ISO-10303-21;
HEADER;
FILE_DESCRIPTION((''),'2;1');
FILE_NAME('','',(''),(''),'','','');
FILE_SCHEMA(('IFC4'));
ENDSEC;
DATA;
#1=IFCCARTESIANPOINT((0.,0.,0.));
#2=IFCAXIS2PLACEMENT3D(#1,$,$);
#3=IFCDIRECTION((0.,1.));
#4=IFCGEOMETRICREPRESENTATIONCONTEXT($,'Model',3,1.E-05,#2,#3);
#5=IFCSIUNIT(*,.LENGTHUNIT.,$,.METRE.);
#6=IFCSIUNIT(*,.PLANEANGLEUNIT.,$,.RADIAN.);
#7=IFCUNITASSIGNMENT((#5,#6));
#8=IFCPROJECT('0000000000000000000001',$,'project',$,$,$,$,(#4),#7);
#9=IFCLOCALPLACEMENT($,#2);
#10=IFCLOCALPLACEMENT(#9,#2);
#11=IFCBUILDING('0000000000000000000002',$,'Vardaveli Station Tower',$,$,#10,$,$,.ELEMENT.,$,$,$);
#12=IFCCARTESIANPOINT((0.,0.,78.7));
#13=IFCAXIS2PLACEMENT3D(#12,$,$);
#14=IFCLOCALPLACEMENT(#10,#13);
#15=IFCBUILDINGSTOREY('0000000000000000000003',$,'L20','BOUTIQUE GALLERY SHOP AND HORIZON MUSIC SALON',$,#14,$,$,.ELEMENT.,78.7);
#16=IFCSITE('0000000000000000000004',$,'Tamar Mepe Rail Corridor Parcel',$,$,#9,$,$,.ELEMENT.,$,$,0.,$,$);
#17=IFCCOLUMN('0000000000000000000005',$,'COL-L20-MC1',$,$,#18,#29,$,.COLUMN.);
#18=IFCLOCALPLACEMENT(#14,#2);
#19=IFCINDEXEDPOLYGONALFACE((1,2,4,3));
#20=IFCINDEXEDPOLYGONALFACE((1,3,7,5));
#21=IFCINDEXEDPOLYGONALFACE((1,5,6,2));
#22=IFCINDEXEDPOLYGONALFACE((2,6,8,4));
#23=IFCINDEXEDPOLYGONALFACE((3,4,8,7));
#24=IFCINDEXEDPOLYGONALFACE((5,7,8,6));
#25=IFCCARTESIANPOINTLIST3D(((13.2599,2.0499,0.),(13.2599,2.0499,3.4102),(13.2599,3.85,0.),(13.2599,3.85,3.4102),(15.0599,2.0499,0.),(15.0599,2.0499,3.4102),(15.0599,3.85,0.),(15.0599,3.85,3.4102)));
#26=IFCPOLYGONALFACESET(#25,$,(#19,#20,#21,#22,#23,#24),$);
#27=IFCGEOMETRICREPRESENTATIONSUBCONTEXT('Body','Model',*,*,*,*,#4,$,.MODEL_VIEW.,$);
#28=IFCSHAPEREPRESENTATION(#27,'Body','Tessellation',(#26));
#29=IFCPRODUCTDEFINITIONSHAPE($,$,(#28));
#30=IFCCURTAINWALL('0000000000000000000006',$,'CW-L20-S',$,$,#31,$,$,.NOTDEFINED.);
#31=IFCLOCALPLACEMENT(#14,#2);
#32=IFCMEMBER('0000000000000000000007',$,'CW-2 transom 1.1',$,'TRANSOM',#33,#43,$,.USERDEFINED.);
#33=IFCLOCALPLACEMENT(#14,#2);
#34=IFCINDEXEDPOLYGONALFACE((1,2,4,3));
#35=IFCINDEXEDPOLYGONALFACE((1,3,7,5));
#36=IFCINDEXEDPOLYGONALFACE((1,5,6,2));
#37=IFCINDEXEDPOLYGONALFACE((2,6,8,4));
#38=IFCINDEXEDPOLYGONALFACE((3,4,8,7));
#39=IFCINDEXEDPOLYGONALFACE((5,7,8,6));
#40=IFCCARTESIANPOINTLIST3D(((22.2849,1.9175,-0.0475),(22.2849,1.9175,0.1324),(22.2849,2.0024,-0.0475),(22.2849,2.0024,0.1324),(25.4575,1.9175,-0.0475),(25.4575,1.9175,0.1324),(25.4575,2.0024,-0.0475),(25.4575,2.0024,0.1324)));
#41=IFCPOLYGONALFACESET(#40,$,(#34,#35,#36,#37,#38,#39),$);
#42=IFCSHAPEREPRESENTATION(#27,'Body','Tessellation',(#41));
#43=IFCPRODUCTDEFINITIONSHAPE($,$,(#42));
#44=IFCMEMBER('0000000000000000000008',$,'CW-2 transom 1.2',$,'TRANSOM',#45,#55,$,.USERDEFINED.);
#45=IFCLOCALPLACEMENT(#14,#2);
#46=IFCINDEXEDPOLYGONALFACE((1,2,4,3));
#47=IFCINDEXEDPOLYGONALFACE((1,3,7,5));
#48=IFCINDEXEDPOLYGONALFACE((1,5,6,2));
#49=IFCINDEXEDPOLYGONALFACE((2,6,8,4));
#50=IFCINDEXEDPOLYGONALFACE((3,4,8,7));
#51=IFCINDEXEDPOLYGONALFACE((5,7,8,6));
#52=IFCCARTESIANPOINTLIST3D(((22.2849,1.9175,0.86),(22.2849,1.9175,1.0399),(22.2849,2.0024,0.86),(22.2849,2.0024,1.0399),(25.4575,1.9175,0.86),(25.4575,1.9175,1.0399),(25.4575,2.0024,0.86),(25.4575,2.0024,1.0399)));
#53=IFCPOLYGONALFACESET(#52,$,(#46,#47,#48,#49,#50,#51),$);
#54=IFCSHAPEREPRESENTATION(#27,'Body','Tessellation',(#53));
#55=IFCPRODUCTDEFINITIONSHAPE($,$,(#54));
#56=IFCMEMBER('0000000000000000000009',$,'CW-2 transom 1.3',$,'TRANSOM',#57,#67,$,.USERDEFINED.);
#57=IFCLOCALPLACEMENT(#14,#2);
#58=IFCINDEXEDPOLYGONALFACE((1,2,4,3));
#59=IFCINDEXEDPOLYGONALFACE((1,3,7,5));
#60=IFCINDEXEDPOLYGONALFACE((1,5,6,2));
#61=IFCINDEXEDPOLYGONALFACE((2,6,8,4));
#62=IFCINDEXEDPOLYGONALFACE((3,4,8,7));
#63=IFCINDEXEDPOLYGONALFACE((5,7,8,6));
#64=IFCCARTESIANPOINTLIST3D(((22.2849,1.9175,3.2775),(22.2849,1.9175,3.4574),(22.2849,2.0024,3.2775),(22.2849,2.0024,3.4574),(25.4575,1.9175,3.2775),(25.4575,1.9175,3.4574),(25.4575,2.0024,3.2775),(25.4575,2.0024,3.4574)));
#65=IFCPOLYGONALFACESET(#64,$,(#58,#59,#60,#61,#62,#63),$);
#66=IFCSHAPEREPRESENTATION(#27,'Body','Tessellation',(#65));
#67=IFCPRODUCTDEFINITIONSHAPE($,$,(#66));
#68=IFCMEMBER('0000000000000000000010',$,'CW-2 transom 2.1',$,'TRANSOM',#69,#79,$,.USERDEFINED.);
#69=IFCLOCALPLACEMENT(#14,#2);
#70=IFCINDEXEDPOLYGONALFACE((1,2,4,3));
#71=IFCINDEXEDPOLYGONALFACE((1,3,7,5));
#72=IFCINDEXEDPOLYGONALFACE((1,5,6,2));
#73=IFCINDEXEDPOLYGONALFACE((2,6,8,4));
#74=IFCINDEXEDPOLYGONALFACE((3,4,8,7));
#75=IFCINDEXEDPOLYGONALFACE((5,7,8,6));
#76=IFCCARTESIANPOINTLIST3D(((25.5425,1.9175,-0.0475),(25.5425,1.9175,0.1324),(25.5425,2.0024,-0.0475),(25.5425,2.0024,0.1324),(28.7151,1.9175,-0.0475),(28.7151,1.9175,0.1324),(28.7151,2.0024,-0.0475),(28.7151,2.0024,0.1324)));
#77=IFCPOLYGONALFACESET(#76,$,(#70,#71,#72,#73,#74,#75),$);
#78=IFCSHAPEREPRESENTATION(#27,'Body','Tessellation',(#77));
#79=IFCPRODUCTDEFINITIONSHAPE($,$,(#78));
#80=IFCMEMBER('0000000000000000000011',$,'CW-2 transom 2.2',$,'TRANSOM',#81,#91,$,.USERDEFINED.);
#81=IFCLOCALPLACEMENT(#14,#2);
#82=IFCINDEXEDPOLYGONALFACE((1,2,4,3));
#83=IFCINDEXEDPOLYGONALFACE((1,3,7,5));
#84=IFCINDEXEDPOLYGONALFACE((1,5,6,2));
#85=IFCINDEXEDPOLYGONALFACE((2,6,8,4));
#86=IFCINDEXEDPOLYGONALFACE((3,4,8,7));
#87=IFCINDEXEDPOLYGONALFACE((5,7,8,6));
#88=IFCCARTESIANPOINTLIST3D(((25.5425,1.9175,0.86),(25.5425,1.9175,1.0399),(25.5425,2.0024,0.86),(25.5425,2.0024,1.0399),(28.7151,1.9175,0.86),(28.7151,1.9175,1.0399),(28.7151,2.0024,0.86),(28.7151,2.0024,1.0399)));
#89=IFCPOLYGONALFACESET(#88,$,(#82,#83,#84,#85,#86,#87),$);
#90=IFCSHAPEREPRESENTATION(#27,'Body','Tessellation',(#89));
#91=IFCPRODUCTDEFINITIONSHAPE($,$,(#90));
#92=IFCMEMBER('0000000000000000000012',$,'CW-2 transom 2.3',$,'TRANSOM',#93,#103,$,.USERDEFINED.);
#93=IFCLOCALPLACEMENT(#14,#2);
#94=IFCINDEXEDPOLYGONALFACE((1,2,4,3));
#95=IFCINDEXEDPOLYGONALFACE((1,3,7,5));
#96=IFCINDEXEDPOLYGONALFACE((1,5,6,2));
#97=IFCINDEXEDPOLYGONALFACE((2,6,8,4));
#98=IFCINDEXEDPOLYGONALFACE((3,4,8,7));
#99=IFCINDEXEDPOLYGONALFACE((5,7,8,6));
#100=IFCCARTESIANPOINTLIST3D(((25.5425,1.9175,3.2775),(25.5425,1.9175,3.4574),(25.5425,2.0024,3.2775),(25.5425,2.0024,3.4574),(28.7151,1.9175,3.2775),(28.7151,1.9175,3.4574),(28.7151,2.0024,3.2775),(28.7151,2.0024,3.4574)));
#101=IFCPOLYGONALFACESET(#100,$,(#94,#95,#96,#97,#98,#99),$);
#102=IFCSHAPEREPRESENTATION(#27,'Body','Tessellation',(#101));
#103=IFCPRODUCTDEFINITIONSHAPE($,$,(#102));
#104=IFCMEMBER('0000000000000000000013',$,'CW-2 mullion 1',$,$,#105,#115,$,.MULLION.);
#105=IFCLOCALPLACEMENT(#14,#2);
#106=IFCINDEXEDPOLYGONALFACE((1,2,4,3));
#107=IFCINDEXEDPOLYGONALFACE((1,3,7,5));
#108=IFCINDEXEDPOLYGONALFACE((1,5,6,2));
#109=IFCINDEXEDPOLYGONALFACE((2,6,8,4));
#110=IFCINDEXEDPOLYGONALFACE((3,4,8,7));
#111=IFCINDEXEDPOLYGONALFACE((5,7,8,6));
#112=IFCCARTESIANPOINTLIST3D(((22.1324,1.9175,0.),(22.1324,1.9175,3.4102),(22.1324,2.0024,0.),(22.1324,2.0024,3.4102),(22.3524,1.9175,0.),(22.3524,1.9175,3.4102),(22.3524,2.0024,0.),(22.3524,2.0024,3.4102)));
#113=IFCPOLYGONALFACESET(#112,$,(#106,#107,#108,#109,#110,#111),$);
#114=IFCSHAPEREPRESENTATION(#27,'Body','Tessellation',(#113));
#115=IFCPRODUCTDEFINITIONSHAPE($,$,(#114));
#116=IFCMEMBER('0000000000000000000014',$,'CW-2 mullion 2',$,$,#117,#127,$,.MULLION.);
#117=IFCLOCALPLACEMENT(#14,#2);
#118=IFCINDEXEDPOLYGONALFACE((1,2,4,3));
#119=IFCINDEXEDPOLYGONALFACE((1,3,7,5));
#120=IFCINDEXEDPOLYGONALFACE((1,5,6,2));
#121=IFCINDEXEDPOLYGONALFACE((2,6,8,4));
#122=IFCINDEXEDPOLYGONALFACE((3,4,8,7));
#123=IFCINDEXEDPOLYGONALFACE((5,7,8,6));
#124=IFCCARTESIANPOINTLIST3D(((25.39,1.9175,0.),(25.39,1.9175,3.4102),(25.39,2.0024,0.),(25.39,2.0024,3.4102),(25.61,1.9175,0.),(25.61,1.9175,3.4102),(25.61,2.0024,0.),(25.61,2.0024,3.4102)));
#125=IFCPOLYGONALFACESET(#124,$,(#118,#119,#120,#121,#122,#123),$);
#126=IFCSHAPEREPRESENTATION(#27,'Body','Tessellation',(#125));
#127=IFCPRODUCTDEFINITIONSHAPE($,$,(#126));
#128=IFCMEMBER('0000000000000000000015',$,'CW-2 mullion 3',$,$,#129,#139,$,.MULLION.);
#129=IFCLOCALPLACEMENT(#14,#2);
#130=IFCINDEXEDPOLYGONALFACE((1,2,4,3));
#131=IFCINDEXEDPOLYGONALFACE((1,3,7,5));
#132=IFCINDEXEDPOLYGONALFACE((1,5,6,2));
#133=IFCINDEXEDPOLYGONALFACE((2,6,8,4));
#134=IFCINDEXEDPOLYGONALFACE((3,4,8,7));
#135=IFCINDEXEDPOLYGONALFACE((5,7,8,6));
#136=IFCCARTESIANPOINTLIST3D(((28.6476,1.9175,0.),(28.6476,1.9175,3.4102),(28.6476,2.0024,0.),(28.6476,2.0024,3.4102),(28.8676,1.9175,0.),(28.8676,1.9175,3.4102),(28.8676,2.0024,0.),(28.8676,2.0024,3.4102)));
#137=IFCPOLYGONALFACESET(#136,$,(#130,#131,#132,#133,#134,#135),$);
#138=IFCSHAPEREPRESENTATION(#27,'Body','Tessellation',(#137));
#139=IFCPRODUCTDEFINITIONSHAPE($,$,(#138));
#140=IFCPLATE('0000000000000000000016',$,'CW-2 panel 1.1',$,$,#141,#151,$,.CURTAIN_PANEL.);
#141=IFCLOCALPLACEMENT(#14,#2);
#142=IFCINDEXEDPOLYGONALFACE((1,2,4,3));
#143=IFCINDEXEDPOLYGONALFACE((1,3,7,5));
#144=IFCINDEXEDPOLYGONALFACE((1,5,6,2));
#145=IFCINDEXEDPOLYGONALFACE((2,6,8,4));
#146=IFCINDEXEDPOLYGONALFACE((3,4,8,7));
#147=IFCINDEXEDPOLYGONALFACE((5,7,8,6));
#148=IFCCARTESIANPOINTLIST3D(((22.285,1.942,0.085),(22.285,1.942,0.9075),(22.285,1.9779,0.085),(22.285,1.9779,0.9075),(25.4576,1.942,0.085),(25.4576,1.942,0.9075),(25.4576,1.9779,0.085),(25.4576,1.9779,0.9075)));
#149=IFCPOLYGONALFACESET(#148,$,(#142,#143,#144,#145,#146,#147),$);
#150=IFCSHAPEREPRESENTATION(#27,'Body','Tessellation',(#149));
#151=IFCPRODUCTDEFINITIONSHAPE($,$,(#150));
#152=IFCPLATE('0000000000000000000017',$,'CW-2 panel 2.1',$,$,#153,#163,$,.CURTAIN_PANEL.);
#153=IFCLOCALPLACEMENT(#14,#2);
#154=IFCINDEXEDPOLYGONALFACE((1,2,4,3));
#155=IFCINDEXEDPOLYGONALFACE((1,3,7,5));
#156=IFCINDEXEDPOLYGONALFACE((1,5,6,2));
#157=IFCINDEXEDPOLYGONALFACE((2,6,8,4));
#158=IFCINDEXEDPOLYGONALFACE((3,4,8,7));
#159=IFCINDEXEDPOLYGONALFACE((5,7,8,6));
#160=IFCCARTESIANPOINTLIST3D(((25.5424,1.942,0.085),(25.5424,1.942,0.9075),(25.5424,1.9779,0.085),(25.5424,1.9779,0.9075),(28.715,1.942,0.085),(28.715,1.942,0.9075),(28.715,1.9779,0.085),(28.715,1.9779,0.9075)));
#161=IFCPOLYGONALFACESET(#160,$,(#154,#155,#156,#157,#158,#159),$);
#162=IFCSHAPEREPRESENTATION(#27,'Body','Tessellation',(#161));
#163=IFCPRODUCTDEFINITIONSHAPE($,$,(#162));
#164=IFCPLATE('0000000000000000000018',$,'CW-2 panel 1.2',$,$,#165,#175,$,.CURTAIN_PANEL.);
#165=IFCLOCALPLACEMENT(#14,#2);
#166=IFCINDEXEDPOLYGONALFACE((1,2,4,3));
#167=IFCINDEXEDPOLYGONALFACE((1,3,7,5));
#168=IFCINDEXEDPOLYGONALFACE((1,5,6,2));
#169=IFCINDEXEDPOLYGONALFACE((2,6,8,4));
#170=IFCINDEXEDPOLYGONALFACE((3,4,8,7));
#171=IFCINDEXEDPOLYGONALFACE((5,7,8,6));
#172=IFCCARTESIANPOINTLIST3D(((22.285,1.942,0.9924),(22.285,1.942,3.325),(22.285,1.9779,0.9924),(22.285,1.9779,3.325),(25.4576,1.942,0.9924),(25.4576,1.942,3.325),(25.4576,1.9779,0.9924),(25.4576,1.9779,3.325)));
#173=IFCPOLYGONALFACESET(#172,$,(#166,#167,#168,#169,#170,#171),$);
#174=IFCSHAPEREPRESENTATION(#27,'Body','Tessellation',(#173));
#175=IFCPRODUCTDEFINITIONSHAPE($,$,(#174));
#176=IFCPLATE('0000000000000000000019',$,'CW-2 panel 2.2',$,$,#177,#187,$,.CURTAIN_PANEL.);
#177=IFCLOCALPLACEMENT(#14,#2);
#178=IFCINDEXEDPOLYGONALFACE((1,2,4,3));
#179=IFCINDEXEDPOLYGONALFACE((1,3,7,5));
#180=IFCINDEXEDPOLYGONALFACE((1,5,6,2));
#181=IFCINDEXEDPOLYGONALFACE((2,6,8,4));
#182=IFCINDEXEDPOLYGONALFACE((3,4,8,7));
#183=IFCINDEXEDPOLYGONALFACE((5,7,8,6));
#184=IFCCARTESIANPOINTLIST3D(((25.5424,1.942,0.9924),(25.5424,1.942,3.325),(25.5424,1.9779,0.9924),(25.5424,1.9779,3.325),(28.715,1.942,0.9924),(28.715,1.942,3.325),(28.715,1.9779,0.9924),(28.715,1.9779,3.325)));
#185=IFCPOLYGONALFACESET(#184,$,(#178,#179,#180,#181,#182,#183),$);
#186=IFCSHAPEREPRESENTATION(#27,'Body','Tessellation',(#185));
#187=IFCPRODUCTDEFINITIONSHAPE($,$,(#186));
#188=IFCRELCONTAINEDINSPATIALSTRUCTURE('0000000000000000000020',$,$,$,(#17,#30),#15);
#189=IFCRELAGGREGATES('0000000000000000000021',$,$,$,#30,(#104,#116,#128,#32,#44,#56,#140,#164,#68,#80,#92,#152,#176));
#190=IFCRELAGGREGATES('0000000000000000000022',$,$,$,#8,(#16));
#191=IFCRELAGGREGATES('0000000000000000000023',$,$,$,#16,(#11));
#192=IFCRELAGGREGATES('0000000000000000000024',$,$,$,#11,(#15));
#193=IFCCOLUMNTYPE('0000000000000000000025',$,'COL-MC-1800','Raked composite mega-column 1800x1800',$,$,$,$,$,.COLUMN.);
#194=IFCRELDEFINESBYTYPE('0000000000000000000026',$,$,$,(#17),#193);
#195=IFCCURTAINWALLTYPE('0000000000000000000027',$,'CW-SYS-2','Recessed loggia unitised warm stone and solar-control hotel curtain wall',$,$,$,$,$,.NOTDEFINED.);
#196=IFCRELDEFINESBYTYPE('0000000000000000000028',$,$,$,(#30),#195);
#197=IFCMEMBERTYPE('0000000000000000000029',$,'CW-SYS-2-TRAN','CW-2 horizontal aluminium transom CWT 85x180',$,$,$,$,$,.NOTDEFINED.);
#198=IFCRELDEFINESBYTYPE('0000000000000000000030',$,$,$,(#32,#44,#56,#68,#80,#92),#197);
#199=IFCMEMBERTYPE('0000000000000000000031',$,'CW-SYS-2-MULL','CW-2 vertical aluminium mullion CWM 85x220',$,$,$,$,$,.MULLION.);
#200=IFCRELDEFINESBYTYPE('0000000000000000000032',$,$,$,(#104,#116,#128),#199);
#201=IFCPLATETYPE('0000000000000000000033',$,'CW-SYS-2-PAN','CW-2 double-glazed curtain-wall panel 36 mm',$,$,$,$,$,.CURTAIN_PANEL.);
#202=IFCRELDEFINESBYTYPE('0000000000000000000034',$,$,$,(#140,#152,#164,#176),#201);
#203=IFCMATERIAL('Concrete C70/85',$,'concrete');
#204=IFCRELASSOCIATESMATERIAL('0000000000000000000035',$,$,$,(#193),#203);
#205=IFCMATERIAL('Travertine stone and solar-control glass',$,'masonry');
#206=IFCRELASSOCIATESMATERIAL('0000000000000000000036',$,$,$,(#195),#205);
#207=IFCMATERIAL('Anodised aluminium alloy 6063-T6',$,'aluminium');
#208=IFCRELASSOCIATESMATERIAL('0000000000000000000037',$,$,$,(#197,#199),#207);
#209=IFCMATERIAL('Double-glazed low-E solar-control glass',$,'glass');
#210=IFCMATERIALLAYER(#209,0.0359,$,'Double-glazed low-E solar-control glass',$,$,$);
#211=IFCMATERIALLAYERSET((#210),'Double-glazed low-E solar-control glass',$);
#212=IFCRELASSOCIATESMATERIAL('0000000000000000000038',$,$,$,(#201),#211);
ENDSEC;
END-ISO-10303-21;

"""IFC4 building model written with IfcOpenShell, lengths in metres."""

from ifc_helpers import new_model, si_unit, direction, frame, origin, origin_2d, place, context, subcontext, project, spatial, rectangle, extrude, source, transform, mapped, material, layer, layer_set, material_profile, profile_set, type_object, element, aggregate, save


model = new_model("IFC4")

# Units and contexts
model_context = context("Model", 3, precision=1e-05, world=origin(), true_north=direction((0.0, 1.0)))
body_context = subcontext(model_context, "Body", "Model", "MODEL_VIEW")
ifc_project = project(units=[si_unit("LENGTHUNIT", "METRE"), si_unit("PLANEANGLEUNIT", "RADIAN")], contexts=[model_context])

# Site, building, storey
site_placement = place(None, origin())
site = spatial("IfcSite", under=ifc_project, at=site_placement, Name="Tamar Mepe Rail Corridor Parcel", CompositionType="ELEMENT", RefElevation=0.0)
building_placement = place(site_placement, origin())
building = spatial("IfcBuilding", under=site, at=building_placement, Name="Vardaveli Station Tower", CompositionType="ELEMENT")
storey_placement = place(building_placement, frame((0.0, 0.0, 78.7)))
storey = spatial("IfcBuildingStorey", under=building, at=storey_placement, Name="L20", Description="BOUTIQUE GALLERY SHOP AND HORIZON MUSIC SALON", CompositionType="ELEMENT", Elevation=78.7)

# Column
ifc_material_1 = material(Name="Concrete C70/85", Category="concrete")
ifc_material_profile_1 = material_profile(ifc_material_1, rectangle(XDim=1.8, YDim=1.8, at=origin_2d()), Name="MC 1800x1800")
ifc_profile_set_1 = profile_set([ifc_material_profile_1], Name="Concrete C70/85")
column_type = type_object("IfcColumnType", Name="COL-MC-1800", Description="Raked composite mega-column 1800x1800", PredefinedType="COLUMN", material=ifc_profile_set_1)
shared_shape_1 = source(origin(), body_context, "Body", "SweptSolid", [
    extrude(rectangle(XDim=1.8, YDim=1.8, at=origin_2d()), origin(), (0.0, 0.0, 1.0), 3.4102),
])
column_placement = place(storey_placement, frame((14.1599, 2.95, 0.0), z_axis=(0.0, 0.0, 1.0), x_axis=(1.0, 0.0, 0.0)))
element("IfcColumn", 1, at=column_placement, inside=storey, type_object=column_type, Name="COL-L20-MC1", PredefinedType="COLUMN", context=body_context, shape_type="MappedRepresentation", body=[
    mapped(shared_shape_1, transform((0.0, 0.0, 0.0), scale=1.0)),
])

# Curtain wall, members, plates
ifc_material_2 = material(Name="Travertine stone and solar-control glass", Category="masonry")
curtain_wall_type = type_object("IfcCurtainWallType", Name="CW-SYS-2", Description="Recessed loggia unitised warm stone and solar-control hotel curtain wall", PredefinedType="NOTDEFINED", material=ifc_material_2)
curtain_wall_placement = place(storey_placement, origin())
curtain_wall = element("IfcCurtainWall", 2, at=curtain_wall_placement, inside=storey, type_object=curtain_wall_type, Name="CW-L20-S", PredefinedType="NOTDEFINED")
ifc_material_3 = material(Name="Anodised aluminium alloy 6063-T6", Category="aluminium")
ifc_material_profile_2 = material_profile(ifc_material_3, rectangle(XDim=0.085, YDim=0.1799, at=origin_2d()), Name="CWT 85x180")
ifc_profile_set_2 = profile_set([ifc_material_profile_2], Name="Anodised aluminium alloy 6063-T6")
member_type_1 = type_object("IfcMemberType", Name="CW-SYS-2-TRAN", Description="CW-2 horizontal aluminium transom CWT 85x180", PredefinedType="NOTDEFINED", material=ifc_profile_set_2)
shared_shape_2 = source(origin(), body_context, "Body", "SweptSolid", [
    extrude(rectangle(XDim=0.085, YDim=0.1799, at=origin_2d()), origin(), (0.0, 0.0, 1.0), 3.1726),
])
member_1_placement = place(storey_placement, frame((22.2849, 1.96, 0.0425), z_axis=(1.0, 0.0, 0.0), x_axis=(0.0, 1.0, 0.0)))
member_1 = element("IfcMember", 3, at=member_1_placement, type_object=member_type_1, Name="CW-2 transom 1.1", ObjectType="TRANSOM", PredefinedType="USERDEFINED", context=body_context, shape_type="MappedRepresentation", body=[
    mapped(shared_shape_2, transform((0.0, 0.0, 0.0), scale=1.0)),
])
member_2_placement = place(storey_placement, frame((22.2849, 1.96, 0.95), z_axis=(1.0, 0.0, 0.0), x_axis=(0.0, 1.0, 0.0)))
member_2 = element("IfcMember", 4, at=member_2_placement, type_object=member_type_1, Name="CW-2 transom 1.2", ObjectType="TRANSOM", PredefinedType="USERDEFINED", context=body_context, shape_type="MappedRepresentation", body=[
    mapped(shared_shape_2, transform((0.0, 0.0, 0.0), scale=1.0)),
])
member_3_placement = place(storey_placement, frame((22.2849, 1.96, 3.3674), z_axis=(1.0, 0.0, 0.0), x_axis=(0.0, 1.0, 0.0)))
member_3 = element("IfcMember", 5, at=member_3_placement, type_object=member_type_1, Name="CW-2 transom 1.3", ObjectType="TRANSOM", PredefinedType="USERDEFINED", context=body_context, shape_type="MappedRepresentation", body=[
    mapped(shared_shape_2, transform((0.0, 0.0, 0.0), scale=1.0)),
])
member_4_placement = place(storey_placement, frame((25.5425, 1.96, 0.0425), z_axis=(1.0, 0.0, 0.0), x_axis=(0.0, 1.0, 0.0)))
member_4 = element("IfcMember", 6, at=member_4_placement, type_object=member_type_1, Name="CW-2 transom 2.1", ObjectType="TRANSOM", PredefinedType="USERDEFINED", context=body_context, shape_type="MappedRepresentation", body=[
    mapped(shared_shape_2, transform((0.0, 0.0, 0.0), scale=1.0)),
])
member_5_placement = place(storey_placement, frame((25.5425, 1.96, 0.95), z_axis=(1.0, 0.0, 0.0), x_axis=(0.0, 1.0, 0.0)))
member_5 = element("IfcMember", 7, at=member_5_placement, type_object=member_type_1, Name="CW-2 transom 2.2", ObjectType="TRANSOM", PredefinedType="USERDEFINED", context=body_context, shape_type="MappedRepresentation", body=[
    mapped(shared_shape_2, transform((0.0, 0.0, 0.0), scale=1.0)),
])
member_6_placement = place(storey_placement, frame((25.5425, 1.96, 3.3674), z_axis=(1.0, 0.0, 0.0), x_axis=(0.0, 1.0, 0.0)))
member_6 = element("IfcMember", 8, at=member_6_placement, type_object=member_type_1, Name="CW-2 transom 2.3", ObjectType="TRANSOM", PredefinedType="USERDEFINED", context=body_context, shape_type="MappedRepresentation", body=[
    mapped(shared_shape_2, transform((0.0, 0.0, 0.0), scale=1.0)),
])
ifc_material_profile_3 = material_profile(ifc_material_3, rectangle(XDim=0.085, YDim=0.22, at=origin_2d()), Name="CWM 85x220")
ifc_profile_set_3 = profile_set([ifc_material_profile_3], Name="Anodised aluminium alloy 6063-T6")
member_type_2 = type_object("IfcMemberType", Name="CW-SYS-2-MULL", Description="CW-2 vertical aluminium mullion CWM 85x220", PredefinedType="MULLION", material=ifc_profile_set_3)
shared_shape_3 = source(origin(), body_context, "Body", "SweptSolid", [
    extrude(rectangle(XDim=0.085, YDim=0.22, at=origin_2d()), origin(), (0.0, 0.0, 1.0), 3.4102),
])
member_7_placement = place(storey_placement, frame((22.2424, 1.96, 0.0), z_axis=(0.0, 0.0, 1.0), x_axis=(0.0, 1.0, 0.0)))
member_7 = element("IfcMember", 9, at=member_7_placement, type_object=member_type_2, Name="CW-2 mullion 1", PredefinedType="MULLION", context=body_context, shape_type="MappedRepresentation", body=[
    mapped(shared_shape_3, transform((0.0, 0.0, 0.0), scale=1.0)),
])
member_8_placement = place(storey_placement, frame((25.5, 1.96, 0.0), z_axis=(0.0, 0.0, 1.0), x_axis=(0.0, 1.0, 0.0)))
member_8 = element("IfcMember", 10, at=member_8_placement, type_object=member_type_2, Name="CW-2 mullion 2", PredefinedType="MULLION", context=body_context, shape_type="MappedRepresentation", body=[
    mapped(shared_shape_3, transform((0.0, 0.0, 0.0), scale=1.0)),
])
member_9_placement = place(storey_placement, frame((28.7576, 1.96, 0.0), z_axis=(0.0, 0.0, 1.0), x_axis=(0.0, 1.0, 0.0)))
member_9 = element("IfcMember", 11, at=member_9_placement, type_object=member_type_2, Name="CW-2 mullion 3", PredefinedType="MULLION", context=body_context, shape_type="MappedRepresentation", body=[
    mapped(shared_shape_3, transform((0.0, 0.0, 0.0), scale=1.0)),
])
ifc_material_4 = material(Name="Double-glazed low-E solar-control glass", Category="glass")
ifc_layer_1 = layer(ifc_material_4, 0.0359, Name="Double-glazed low-E solar-control glass")
ifc_layer_set_1 = layer_set([ifc_layer_1], Name="Double-glazed low-E solar-control glass")
plate_type_1 = type_object("IfcPlateType", Name="CW-SYS-2-PAN", Description="CW-2 double-glazed curtain-wall panel 36 mm", PredefinedType="CURTAIN_PANEL", material=ifc_layer_set_1)
shared_shape_4 = source(origin(), body_context, "Body", "SweptSolid", [
    extrude(rectangle(XDim=3.1726, YDim=0.0359, at=origin_2d()), origin(), (0.0, 0.0, 1.0), 0.8225),
])
plate_1_placement = place(storey_placement, frame((23.8713, 1.96, 0.085), z_axis=(0.0, 0.0, 1.0), x_axis=(1.0, 0.0, 0.0)))
plate_1 = element("IfcPlate", 12, at=plate_1_placement, type_object=plate_type_1, Name="CW-2 panel 1.1", PredefinedType="CURTAIN_PANEL", context=body_context, shape_type="MappedRepresentation", body=[
    mapped(shared_shape_4, transform((0.0, 0.0, 0.0), scale=1.0)),
])
plate_2_placement = place(storey_placement, frame((27.1287, 1.96, 0.085), z_axis=(0.0, 0.0, 1.0), x_axis=(1.0, 0.0, 0.0)))
plate_2 = element("IfcPlate", 13, at=plate_2_placement, type_object=plate_type_1, Name="CW-2 panel 2.1", PredefinedType="CURTAIN_PANEL", context=body_context, shape_type="MappedRepresentation", body=[
    mapped(shared_shape_4, transform((0.0, 0.0, 0.0), scale=1.0)),
])
shared_shape_5 = source(origin(), body_context, "Body", "SweptSolid", [
    extrude(rectangle(XDim=3.1726, YDim=0.0359, at=origin_2d()), origin(), (0.0, 0.0, 1.0), 2.3325),
])
plate_3_placement = place(storey_placement, frame((23.8713, 1.96, 0.9924), z_axis=(0.0, 0.0, 1.0), x_axis=(1.0, 0.0, 0.0)))
plate_3 = element("IfcPlate", 14, at=plate_3_placement, type_object=plate_type_1, Name="CW-2 panel 1.2", PredefinedType="CURTAIN_PANEL", context=body_context, shape_type="MappedRepresentation", body=[
    mapped(shared_shape_5, transform((0.0, 0.0, 0.0), scale=1.0)),
])
plate_4_placement = place(storey_placement, frame((27.1287, 1.96, 0.9924), z_axis=(0.0, 0.0, 1.0), x_axis=(1.0, 0.0, 0.0)))
plate_4 = element("IfcPlate", 15, at=plate_4_placement, type_object=plate_type_1, Name="CW-2 panel 2.2", PredefinedType="CURTAIN_PANEL", context=body_context, shape_type="MappedRepresentation", body=[
    mapped(shared_shape_5, transform((0.0, 0.0, 0.0), scale=1.0)),
])
aggregate(curtain_wall, [member_7, member_8, member_9, member_1, member_2, member_3, plate_1, plate_3, member_4, member_5, member_6, plate_2, plate_4])

save(model, "model.ifc")
